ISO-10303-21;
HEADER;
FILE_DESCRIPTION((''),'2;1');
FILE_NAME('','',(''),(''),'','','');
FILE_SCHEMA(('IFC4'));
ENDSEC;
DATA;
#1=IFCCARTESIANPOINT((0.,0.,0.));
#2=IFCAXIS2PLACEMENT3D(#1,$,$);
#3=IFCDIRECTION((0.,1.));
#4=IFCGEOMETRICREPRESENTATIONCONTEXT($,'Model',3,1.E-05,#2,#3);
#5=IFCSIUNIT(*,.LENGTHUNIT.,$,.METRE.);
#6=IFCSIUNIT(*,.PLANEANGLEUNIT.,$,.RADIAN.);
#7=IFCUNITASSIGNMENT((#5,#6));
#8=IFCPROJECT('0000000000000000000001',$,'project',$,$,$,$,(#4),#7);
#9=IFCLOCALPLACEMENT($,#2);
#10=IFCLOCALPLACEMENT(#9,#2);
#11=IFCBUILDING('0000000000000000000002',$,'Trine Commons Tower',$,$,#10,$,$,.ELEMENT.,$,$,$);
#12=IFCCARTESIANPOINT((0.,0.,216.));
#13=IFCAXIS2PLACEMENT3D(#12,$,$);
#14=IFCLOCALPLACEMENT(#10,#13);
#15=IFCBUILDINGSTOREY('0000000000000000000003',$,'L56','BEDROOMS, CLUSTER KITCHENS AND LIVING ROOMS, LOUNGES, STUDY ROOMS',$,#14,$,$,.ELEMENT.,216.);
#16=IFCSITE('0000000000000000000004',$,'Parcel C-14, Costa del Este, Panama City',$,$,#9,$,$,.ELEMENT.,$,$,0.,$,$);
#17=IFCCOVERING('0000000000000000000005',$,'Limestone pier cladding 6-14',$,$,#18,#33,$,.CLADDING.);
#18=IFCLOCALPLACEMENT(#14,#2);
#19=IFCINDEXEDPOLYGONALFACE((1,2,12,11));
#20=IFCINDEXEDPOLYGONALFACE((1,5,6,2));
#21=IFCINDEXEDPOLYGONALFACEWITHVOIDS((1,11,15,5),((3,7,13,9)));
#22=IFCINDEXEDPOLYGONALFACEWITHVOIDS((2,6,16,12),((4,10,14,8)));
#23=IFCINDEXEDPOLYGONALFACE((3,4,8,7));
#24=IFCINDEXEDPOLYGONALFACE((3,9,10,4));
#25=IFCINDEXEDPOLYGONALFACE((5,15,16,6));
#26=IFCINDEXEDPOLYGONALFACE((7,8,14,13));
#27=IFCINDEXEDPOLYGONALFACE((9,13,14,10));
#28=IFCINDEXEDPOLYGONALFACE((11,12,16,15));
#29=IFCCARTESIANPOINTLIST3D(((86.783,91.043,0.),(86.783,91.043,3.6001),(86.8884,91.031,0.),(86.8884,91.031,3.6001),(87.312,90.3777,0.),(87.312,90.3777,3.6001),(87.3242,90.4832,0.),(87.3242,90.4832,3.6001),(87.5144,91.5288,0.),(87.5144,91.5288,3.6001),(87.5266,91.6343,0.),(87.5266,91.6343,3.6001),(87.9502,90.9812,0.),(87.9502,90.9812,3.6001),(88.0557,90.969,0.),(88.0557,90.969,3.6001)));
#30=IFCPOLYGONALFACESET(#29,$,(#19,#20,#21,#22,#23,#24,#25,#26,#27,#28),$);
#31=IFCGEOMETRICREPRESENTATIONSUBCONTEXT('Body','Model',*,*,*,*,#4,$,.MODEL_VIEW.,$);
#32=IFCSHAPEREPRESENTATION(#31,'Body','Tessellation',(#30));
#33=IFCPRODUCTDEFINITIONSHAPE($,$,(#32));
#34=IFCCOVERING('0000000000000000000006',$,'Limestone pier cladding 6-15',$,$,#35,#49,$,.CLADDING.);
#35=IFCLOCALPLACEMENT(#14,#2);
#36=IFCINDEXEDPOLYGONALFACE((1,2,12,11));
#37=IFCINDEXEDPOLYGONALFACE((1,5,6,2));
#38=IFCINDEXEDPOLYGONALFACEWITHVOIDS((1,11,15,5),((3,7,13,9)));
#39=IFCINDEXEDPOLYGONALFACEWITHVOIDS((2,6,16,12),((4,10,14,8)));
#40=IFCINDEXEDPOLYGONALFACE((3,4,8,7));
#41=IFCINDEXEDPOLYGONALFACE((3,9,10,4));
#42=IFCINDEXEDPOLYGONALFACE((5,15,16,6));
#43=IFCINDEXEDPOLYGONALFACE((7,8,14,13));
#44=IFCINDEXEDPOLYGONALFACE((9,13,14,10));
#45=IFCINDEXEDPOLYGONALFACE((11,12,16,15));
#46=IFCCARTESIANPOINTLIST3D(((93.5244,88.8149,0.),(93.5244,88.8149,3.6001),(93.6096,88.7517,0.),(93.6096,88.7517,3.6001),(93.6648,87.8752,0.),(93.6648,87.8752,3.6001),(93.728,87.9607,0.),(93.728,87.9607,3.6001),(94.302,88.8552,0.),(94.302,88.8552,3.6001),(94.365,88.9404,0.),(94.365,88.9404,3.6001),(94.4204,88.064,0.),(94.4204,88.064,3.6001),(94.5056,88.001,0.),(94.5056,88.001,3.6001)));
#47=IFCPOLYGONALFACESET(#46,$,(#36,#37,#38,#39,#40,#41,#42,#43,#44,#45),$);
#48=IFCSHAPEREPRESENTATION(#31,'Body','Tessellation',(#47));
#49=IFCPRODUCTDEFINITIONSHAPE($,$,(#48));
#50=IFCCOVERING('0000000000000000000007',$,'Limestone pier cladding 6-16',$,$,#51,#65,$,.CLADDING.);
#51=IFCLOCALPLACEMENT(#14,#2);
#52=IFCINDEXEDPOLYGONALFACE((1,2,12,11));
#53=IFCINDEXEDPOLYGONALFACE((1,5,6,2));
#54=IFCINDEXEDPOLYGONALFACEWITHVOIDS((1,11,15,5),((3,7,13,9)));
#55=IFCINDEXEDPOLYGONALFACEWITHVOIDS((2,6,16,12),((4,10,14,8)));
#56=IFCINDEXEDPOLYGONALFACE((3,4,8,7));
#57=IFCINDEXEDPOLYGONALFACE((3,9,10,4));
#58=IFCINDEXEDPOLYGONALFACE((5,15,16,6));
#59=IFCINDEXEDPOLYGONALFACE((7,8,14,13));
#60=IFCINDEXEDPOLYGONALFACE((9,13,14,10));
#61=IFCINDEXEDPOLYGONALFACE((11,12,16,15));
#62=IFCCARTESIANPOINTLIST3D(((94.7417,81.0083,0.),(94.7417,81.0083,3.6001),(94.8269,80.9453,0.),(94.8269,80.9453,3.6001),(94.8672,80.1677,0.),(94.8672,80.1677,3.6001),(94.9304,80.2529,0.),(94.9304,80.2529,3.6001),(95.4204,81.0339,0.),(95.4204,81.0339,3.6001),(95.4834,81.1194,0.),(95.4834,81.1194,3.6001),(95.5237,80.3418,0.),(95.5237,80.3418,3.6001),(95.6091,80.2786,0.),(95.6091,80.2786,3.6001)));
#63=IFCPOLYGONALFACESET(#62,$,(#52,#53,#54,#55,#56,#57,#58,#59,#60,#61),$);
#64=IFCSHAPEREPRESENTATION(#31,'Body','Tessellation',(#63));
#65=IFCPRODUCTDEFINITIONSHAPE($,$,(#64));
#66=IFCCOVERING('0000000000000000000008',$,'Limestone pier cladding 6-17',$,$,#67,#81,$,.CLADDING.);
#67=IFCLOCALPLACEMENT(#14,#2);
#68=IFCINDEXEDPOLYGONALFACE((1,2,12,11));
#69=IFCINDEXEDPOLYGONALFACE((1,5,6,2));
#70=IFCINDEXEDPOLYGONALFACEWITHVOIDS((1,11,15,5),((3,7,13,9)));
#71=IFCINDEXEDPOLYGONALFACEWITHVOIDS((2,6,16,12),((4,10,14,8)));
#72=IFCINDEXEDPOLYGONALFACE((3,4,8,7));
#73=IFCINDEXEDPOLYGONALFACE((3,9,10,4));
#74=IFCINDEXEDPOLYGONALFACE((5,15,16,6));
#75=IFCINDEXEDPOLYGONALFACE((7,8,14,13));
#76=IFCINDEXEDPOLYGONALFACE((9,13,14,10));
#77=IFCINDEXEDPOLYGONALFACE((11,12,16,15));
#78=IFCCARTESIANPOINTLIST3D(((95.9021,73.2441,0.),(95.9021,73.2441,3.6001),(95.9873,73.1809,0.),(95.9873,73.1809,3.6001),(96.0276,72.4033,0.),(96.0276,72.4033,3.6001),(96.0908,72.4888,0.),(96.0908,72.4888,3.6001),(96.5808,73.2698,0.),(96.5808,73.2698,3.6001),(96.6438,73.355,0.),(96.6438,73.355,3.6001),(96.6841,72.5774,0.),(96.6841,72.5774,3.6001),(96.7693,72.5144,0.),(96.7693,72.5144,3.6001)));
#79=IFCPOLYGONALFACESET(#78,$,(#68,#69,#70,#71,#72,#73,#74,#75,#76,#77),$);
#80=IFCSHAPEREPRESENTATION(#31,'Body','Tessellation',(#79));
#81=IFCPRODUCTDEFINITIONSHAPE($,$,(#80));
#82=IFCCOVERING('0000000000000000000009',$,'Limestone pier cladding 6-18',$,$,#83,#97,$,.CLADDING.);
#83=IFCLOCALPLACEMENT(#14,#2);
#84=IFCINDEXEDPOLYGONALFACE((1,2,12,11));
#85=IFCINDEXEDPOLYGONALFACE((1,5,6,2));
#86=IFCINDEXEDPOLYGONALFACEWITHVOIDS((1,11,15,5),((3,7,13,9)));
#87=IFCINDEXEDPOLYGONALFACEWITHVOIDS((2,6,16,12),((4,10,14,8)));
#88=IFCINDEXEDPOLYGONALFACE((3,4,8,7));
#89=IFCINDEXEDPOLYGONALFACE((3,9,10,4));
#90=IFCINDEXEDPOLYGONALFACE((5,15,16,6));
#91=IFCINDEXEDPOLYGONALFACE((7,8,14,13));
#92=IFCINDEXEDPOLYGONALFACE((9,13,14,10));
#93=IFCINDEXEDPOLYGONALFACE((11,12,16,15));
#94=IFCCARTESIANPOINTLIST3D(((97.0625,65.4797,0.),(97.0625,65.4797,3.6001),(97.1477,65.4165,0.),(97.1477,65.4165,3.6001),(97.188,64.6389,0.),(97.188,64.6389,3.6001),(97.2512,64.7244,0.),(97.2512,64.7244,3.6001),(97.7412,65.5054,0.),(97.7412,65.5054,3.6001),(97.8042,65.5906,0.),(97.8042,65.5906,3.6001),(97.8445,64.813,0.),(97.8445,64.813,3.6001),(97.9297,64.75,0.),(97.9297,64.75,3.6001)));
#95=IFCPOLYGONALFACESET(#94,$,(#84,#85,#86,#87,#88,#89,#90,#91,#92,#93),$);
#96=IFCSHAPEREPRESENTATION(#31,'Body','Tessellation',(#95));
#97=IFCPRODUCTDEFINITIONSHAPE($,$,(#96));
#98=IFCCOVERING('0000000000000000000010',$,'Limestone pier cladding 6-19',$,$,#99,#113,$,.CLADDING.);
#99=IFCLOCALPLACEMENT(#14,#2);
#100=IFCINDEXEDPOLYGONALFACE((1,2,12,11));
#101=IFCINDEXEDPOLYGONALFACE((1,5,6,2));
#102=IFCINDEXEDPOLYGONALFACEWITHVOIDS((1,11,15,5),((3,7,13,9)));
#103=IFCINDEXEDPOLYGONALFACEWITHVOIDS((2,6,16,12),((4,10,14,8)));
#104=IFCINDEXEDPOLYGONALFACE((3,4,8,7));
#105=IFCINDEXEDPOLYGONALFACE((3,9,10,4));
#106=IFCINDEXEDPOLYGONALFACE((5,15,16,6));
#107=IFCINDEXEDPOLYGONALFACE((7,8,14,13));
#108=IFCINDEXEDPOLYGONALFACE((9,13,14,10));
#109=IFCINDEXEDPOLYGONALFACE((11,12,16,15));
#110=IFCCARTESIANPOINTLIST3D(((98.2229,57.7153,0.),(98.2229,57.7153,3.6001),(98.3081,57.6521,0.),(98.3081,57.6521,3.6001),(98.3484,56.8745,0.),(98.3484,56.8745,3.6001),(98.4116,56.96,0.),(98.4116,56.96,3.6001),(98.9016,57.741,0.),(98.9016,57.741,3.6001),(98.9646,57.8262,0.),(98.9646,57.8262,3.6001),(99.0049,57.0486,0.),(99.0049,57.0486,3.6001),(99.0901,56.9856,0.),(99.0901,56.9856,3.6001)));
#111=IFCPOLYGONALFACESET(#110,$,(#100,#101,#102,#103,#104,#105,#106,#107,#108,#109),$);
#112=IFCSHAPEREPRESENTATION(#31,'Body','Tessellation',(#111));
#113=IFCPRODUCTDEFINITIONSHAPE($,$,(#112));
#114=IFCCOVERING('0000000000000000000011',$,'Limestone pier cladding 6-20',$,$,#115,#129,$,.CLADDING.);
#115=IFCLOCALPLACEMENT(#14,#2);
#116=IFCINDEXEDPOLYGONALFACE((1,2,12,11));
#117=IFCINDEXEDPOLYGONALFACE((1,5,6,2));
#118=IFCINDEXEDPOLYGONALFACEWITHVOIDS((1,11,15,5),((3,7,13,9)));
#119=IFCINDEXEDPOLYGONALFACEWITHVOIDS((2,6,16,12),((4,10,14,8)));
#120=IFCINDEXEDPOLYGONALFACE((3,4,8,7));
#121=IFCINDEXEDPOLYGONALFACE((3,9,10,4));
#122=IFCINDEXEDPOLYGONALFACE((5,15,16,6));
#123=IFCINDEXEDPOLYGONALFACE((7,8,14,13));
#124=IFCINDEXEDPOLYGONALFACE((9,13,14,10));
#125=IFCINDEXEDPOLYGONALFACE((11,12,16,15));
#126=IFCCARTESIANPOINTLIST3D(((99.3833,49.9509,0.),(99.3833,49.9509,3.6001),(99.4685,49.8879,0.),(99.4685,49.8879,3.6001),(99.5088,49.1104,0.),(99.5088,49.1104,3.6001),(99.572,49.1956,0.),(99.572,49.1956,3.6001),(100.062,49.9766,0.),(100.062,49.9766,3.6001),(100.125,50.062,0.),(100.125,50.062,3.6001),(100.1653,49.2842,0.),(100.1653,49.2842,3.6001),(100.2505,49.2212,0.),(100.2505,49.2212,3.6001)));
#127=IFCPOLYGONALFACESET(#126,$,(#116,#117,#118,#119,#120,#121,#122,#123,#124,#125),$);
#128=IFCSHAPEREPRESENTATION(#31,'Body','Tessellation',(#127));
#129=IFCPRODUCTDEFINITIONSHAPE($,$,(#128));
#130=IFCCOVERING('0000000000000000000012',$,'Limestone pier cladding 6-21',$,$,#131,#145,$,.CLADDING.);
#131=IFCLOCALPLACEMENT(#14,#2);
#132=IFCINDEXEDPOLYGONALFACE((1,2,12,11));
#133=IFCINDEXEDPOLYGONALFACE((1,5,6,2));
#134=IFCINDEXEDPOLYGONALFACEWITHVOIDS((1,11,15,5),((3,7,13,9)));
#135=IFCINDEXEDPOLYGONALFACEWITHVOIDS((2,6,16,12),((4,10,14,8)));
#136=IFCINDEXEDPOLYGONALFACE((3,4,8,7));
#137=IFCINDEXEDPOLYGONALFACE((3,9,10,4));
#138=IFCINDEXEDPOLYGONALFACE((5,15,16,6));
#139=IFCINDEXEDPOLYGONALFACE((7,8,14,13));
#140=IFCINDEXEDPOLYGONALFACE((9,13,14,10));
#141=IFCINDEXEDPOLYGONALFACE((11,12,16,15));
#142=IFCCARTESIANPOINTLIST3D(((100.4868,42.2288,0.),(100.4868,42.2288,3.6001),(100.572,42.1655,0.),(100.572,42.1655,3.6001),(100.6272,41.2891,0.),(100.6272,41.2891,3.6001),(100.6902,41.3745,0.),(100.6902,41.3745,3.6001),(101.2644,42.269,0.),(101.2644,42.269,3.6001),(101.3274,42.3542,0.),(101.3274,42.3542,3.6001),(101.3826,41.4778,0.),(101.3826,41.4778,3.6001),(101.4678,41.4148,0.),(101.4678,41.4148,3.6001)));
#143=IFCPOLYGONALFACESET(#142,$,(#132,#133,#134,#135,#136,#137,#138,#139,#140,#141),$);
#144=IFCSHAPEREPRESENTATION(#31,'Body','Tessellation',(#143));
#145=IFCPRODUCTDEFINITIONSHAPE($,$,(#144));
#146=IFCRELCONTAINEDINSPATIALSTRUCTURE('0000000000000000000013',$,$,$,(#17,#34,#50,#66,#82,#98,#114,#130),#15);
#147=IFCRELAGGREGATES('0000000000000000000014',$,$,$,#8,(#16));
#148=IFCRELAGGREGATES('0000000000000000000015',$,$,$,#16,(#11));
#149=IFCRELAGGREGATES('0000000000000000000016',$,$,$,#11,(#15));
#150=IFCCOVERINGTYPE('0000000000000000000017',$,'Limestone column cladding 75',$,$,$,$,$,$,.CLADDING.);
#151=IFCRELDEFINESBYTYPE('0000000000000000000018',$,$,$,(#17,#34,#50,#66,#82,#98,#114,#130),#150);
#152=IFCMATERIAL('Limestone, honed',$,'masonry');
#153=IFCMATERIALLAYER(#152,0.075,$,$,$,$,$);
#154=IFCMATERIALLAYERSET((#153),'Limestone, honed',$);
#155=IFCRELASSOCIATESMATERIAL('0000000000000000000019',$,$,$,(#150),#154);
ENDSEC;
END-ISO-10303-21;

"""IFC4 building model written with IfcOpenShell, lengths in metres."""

from ifc_helpers import new_model, si_unit, direction, frame, origin, place, context, subcontext, project, spatial, polyline, outline, extrude, material, layer, layer_set, type_object, element, save


model = new_model("IFC4")

# Units and contexts
model_context = context("Model", 3, precision=1e-05, world=origin(), true_north=direction((0.0, 1.0)))
body_context = subcontext(model_context, "Body", "Model", "MODEL_VIEW")
ifc_project = project(units=[si_unit("LENGTHUNIT", "METRE"), si_unit("PLANEANGLEUNIT", "RADIAN")], contexts=[model_context])

# Site, building, storey
site_placement = place(None, origin())
site = spatial("IfcSite", under=ifc_project, at=site_placement, Name="Parcel C-14, Costa del Este, Panama City", CompositionType="ELEMENT", RefElevation=0.0)
building_placement = place(site_placement, origin())
building = spatial("IfcBuilding", under=site, at=building_placement, Name="Trine Commons Tower", CompositionType="ELEMENT")
storey_placement = place(building_placement, frame((0.0, 0.0, 216.0)))
storey = spatial("IfcBuildingStorey", under=building, at=storey_placement, Name="L56", Description="BEDROOMS, CLUSTER KITCHENS AND LIVING ROOMS, LOUNGES, STUDY ROOMS", CompositionType="ELEMENT", Elevation=216.0)

# Coverings
ifc_material_1 = material(Name="Limestone, honed", Category="masonry")
ifc_layer_1 = layer(ifc_material_1, 0.075)
ifc_layer_set_1 = layer_set([ifc_layer_1], Name="Limestone, honed")
covering_type_1 = type_object("IfcCoveringType", Name="Limestone column cladding 75", PredefinedType="CLADDING", material=ifc_layer_set_1)
covering_1_placement = place(storey_placement, origin())
element("IfcCovering", 1, at=covering_1_placement, inside=storey, type_object=covering_type_1, Name="Limestone pier cladding 6-14", PredefinedType="CLADDING", context=body_context, shape_type="SweptSolid", body=[
    extrude(outline(polyline([(88.0557, 90.969), (87.5266, 91.6343), (86.783, 91.043), (87.312, 90.3777), (88.0557, 90.969)]), holes=[polyline([(87.9502, 90.9812), (87.5144, 91.5288), (86.8884, 91.031), (87.3242, 90.4832), (87.9502, 90.9812)])]), origin(), (0.0, 0.0, 1.0), 3.6001),
])
covering_2_placement = place(storey_placement, origin())
element("IfcCovering", 2, at=covering_2_placement, inside=storey, type_object=covering_type_1, Name="Limestone pier cladding 6-15", PredefinedType="CLADDING", context=body_context, shape_type="SweptSolid", body=[
    extrude(outline(polyline([(94.365, 88.9404), (93.5244, 88.8149), (93.6648, 87.8752), (94.5056, 88.001), (94.365, 88.9404)]), holes=[polyline([(94.302, 88.8552), (93.6096, 88.7517), (93.728, 87.9607), (94.4204, 88.064), (94.302, 88.8552)])]), origin(), (0.0, 0.0, 1.0), 3.6001),
])
covering_3_placement = place(storey_placement, origin())
element("IfcCovering", 3, at=covering_3_placement, inside=storey, type_object=covering_type_1, Name="Limestone pier cladding 6-16", PredefinedType="CLADDING", context=body_context, shape_type="SweptSolid", body=[
    extrude(outline(polyline([(95.4834, 81.1194), (94.7417, 81.0083), (94.8672, 80.1677), (95.6091, 80.2786), (95.4834, 81.1194)]), holes=[polyline([(95.4204, 81.0339), (94.8269, 80.9453), (94.9304, 80.2529), (95.5237, 80.3418), (95.4204, 81.0339)])]), origin(), (0.0, 0.0, 1.0), 3.6001),
])
covering_4_placement = place(storey_placement, origin())
element("IfcCovering", 4, at=covering_4_placement, inside=storey, type_object=covering_type_1, Name="Limestone pier cladding 6-17", PredefinedType="CLADDING", context=body_context, shape_type="SweptSolid", body=[
    extrude(outline(polyline([(96.6438, 73.355), (95.9021, 73.2441), (96.0276, 72.4033), (96.7693, 72.5144), (96.6438, 73.355)]), holes=[polyline([(96.5808, 73.2698), (95.9873, 73.1809), (96.0908, 72.4888), (96.6841, 72.5774), (96.5808, 73.2698)])]), origin(), (0.0, 0.0, 1.0), 3.6001),
])
covering_5_placement = place(storey_placement, origin())
element("IfcCovering", 5, at=covering_5_placement, inside=storey, type_object=covering_type_1, Name="Limestone pier cladding 6-18", PredefinedType="CLADDING", context=body_context, shape_type="SweptSolid", body=[
    extrude(outline(polyline([(97.8042, 65.5906), (97.0625, 65.4797), (97.188, 64.6389), (97.9297, 64.75), (97.8042, 65.5906)]), holes=[polyline([(97.7412, 65.5054), (97.1477, 65.4165), (97.2512, 64.7244), (97.8445, 64.813), (97.7412, 65.5054)])]), origin(), (0.0, 0.0, 1.0), 3.6001),
])
covering_6_placement = place(storey_placement, origin())
element("IfcCovering", 6, at=covering_6_placement, inside=storey, type_object=covering_type_1, Name="Limestone pier cladding 6-19", PredefinedType="CLADDING", context=body_context, shape_type="SweptSolid", body=[
    extrude(outline(polyline([(98.9646, 57.8262), (98.2229, 57.7153), (98.3484, 56.8745), (99.0901, 56.9856), (98.9646, 57.8262)]), holes=[polyline([(98.9016, 57.741), (98.3081, 57.6521), (98.4116, 56.96), (99.0049, 57.0486), (98.9016, 57.741)])]), origin(), (0.0, 0.0, 1.0), 3.6001),
])
covering_7_placement = place(storey_placement, origin())
element("IfcCovering", 7, at=covering_7_placement, inside=storey, type_object=covering_type_1, Name="Limestone pier cladding 6-20", PredefinedType="CLADDING", context=body_context, shape_type="SweptSolid", body=[
    extrude(outline(polyline([(100.125, 50.062), (99.3833, 49.9509), (99.5088, 49.1104), (100.2505, 49.2212), (100.125, 50.062)]), holes=[polyline([(100.062, 49.9766), (99.4685, 49.8879), (99.572, 49.1956), (100.1653, 49.2842), (100.062, 49.9766)])]), origin(), (0.0, 0.0, 1.0), 3.6001),
])
covering_8_placement = place(storey_placement, origin())
element("IfcCovering", 8, at=covering_8_placement, inside=storey, type_object=covering_type_1, Name="Limestone pier cladding 6-21", PredefinedType="CLADDING", context=body_context, shape_type="SweptSolid", body=[
    extrude(outline(polyline([(101.3274, 42.3542), (100.4868, 42.2288), (100.6272, 41.2891), (101.4678, 41.4148), (101.3274, 42.3542)]), holes=[polyline([(101.2644, 42.269), (100.572, 42.1655), (100.6902, 41.3745), (101.3826, 41.4778), (101.2644, 42.269)])]), origin(), (0.0, 0.0, 1.0), 3.6001),
])

save(model, "model.ifc")
